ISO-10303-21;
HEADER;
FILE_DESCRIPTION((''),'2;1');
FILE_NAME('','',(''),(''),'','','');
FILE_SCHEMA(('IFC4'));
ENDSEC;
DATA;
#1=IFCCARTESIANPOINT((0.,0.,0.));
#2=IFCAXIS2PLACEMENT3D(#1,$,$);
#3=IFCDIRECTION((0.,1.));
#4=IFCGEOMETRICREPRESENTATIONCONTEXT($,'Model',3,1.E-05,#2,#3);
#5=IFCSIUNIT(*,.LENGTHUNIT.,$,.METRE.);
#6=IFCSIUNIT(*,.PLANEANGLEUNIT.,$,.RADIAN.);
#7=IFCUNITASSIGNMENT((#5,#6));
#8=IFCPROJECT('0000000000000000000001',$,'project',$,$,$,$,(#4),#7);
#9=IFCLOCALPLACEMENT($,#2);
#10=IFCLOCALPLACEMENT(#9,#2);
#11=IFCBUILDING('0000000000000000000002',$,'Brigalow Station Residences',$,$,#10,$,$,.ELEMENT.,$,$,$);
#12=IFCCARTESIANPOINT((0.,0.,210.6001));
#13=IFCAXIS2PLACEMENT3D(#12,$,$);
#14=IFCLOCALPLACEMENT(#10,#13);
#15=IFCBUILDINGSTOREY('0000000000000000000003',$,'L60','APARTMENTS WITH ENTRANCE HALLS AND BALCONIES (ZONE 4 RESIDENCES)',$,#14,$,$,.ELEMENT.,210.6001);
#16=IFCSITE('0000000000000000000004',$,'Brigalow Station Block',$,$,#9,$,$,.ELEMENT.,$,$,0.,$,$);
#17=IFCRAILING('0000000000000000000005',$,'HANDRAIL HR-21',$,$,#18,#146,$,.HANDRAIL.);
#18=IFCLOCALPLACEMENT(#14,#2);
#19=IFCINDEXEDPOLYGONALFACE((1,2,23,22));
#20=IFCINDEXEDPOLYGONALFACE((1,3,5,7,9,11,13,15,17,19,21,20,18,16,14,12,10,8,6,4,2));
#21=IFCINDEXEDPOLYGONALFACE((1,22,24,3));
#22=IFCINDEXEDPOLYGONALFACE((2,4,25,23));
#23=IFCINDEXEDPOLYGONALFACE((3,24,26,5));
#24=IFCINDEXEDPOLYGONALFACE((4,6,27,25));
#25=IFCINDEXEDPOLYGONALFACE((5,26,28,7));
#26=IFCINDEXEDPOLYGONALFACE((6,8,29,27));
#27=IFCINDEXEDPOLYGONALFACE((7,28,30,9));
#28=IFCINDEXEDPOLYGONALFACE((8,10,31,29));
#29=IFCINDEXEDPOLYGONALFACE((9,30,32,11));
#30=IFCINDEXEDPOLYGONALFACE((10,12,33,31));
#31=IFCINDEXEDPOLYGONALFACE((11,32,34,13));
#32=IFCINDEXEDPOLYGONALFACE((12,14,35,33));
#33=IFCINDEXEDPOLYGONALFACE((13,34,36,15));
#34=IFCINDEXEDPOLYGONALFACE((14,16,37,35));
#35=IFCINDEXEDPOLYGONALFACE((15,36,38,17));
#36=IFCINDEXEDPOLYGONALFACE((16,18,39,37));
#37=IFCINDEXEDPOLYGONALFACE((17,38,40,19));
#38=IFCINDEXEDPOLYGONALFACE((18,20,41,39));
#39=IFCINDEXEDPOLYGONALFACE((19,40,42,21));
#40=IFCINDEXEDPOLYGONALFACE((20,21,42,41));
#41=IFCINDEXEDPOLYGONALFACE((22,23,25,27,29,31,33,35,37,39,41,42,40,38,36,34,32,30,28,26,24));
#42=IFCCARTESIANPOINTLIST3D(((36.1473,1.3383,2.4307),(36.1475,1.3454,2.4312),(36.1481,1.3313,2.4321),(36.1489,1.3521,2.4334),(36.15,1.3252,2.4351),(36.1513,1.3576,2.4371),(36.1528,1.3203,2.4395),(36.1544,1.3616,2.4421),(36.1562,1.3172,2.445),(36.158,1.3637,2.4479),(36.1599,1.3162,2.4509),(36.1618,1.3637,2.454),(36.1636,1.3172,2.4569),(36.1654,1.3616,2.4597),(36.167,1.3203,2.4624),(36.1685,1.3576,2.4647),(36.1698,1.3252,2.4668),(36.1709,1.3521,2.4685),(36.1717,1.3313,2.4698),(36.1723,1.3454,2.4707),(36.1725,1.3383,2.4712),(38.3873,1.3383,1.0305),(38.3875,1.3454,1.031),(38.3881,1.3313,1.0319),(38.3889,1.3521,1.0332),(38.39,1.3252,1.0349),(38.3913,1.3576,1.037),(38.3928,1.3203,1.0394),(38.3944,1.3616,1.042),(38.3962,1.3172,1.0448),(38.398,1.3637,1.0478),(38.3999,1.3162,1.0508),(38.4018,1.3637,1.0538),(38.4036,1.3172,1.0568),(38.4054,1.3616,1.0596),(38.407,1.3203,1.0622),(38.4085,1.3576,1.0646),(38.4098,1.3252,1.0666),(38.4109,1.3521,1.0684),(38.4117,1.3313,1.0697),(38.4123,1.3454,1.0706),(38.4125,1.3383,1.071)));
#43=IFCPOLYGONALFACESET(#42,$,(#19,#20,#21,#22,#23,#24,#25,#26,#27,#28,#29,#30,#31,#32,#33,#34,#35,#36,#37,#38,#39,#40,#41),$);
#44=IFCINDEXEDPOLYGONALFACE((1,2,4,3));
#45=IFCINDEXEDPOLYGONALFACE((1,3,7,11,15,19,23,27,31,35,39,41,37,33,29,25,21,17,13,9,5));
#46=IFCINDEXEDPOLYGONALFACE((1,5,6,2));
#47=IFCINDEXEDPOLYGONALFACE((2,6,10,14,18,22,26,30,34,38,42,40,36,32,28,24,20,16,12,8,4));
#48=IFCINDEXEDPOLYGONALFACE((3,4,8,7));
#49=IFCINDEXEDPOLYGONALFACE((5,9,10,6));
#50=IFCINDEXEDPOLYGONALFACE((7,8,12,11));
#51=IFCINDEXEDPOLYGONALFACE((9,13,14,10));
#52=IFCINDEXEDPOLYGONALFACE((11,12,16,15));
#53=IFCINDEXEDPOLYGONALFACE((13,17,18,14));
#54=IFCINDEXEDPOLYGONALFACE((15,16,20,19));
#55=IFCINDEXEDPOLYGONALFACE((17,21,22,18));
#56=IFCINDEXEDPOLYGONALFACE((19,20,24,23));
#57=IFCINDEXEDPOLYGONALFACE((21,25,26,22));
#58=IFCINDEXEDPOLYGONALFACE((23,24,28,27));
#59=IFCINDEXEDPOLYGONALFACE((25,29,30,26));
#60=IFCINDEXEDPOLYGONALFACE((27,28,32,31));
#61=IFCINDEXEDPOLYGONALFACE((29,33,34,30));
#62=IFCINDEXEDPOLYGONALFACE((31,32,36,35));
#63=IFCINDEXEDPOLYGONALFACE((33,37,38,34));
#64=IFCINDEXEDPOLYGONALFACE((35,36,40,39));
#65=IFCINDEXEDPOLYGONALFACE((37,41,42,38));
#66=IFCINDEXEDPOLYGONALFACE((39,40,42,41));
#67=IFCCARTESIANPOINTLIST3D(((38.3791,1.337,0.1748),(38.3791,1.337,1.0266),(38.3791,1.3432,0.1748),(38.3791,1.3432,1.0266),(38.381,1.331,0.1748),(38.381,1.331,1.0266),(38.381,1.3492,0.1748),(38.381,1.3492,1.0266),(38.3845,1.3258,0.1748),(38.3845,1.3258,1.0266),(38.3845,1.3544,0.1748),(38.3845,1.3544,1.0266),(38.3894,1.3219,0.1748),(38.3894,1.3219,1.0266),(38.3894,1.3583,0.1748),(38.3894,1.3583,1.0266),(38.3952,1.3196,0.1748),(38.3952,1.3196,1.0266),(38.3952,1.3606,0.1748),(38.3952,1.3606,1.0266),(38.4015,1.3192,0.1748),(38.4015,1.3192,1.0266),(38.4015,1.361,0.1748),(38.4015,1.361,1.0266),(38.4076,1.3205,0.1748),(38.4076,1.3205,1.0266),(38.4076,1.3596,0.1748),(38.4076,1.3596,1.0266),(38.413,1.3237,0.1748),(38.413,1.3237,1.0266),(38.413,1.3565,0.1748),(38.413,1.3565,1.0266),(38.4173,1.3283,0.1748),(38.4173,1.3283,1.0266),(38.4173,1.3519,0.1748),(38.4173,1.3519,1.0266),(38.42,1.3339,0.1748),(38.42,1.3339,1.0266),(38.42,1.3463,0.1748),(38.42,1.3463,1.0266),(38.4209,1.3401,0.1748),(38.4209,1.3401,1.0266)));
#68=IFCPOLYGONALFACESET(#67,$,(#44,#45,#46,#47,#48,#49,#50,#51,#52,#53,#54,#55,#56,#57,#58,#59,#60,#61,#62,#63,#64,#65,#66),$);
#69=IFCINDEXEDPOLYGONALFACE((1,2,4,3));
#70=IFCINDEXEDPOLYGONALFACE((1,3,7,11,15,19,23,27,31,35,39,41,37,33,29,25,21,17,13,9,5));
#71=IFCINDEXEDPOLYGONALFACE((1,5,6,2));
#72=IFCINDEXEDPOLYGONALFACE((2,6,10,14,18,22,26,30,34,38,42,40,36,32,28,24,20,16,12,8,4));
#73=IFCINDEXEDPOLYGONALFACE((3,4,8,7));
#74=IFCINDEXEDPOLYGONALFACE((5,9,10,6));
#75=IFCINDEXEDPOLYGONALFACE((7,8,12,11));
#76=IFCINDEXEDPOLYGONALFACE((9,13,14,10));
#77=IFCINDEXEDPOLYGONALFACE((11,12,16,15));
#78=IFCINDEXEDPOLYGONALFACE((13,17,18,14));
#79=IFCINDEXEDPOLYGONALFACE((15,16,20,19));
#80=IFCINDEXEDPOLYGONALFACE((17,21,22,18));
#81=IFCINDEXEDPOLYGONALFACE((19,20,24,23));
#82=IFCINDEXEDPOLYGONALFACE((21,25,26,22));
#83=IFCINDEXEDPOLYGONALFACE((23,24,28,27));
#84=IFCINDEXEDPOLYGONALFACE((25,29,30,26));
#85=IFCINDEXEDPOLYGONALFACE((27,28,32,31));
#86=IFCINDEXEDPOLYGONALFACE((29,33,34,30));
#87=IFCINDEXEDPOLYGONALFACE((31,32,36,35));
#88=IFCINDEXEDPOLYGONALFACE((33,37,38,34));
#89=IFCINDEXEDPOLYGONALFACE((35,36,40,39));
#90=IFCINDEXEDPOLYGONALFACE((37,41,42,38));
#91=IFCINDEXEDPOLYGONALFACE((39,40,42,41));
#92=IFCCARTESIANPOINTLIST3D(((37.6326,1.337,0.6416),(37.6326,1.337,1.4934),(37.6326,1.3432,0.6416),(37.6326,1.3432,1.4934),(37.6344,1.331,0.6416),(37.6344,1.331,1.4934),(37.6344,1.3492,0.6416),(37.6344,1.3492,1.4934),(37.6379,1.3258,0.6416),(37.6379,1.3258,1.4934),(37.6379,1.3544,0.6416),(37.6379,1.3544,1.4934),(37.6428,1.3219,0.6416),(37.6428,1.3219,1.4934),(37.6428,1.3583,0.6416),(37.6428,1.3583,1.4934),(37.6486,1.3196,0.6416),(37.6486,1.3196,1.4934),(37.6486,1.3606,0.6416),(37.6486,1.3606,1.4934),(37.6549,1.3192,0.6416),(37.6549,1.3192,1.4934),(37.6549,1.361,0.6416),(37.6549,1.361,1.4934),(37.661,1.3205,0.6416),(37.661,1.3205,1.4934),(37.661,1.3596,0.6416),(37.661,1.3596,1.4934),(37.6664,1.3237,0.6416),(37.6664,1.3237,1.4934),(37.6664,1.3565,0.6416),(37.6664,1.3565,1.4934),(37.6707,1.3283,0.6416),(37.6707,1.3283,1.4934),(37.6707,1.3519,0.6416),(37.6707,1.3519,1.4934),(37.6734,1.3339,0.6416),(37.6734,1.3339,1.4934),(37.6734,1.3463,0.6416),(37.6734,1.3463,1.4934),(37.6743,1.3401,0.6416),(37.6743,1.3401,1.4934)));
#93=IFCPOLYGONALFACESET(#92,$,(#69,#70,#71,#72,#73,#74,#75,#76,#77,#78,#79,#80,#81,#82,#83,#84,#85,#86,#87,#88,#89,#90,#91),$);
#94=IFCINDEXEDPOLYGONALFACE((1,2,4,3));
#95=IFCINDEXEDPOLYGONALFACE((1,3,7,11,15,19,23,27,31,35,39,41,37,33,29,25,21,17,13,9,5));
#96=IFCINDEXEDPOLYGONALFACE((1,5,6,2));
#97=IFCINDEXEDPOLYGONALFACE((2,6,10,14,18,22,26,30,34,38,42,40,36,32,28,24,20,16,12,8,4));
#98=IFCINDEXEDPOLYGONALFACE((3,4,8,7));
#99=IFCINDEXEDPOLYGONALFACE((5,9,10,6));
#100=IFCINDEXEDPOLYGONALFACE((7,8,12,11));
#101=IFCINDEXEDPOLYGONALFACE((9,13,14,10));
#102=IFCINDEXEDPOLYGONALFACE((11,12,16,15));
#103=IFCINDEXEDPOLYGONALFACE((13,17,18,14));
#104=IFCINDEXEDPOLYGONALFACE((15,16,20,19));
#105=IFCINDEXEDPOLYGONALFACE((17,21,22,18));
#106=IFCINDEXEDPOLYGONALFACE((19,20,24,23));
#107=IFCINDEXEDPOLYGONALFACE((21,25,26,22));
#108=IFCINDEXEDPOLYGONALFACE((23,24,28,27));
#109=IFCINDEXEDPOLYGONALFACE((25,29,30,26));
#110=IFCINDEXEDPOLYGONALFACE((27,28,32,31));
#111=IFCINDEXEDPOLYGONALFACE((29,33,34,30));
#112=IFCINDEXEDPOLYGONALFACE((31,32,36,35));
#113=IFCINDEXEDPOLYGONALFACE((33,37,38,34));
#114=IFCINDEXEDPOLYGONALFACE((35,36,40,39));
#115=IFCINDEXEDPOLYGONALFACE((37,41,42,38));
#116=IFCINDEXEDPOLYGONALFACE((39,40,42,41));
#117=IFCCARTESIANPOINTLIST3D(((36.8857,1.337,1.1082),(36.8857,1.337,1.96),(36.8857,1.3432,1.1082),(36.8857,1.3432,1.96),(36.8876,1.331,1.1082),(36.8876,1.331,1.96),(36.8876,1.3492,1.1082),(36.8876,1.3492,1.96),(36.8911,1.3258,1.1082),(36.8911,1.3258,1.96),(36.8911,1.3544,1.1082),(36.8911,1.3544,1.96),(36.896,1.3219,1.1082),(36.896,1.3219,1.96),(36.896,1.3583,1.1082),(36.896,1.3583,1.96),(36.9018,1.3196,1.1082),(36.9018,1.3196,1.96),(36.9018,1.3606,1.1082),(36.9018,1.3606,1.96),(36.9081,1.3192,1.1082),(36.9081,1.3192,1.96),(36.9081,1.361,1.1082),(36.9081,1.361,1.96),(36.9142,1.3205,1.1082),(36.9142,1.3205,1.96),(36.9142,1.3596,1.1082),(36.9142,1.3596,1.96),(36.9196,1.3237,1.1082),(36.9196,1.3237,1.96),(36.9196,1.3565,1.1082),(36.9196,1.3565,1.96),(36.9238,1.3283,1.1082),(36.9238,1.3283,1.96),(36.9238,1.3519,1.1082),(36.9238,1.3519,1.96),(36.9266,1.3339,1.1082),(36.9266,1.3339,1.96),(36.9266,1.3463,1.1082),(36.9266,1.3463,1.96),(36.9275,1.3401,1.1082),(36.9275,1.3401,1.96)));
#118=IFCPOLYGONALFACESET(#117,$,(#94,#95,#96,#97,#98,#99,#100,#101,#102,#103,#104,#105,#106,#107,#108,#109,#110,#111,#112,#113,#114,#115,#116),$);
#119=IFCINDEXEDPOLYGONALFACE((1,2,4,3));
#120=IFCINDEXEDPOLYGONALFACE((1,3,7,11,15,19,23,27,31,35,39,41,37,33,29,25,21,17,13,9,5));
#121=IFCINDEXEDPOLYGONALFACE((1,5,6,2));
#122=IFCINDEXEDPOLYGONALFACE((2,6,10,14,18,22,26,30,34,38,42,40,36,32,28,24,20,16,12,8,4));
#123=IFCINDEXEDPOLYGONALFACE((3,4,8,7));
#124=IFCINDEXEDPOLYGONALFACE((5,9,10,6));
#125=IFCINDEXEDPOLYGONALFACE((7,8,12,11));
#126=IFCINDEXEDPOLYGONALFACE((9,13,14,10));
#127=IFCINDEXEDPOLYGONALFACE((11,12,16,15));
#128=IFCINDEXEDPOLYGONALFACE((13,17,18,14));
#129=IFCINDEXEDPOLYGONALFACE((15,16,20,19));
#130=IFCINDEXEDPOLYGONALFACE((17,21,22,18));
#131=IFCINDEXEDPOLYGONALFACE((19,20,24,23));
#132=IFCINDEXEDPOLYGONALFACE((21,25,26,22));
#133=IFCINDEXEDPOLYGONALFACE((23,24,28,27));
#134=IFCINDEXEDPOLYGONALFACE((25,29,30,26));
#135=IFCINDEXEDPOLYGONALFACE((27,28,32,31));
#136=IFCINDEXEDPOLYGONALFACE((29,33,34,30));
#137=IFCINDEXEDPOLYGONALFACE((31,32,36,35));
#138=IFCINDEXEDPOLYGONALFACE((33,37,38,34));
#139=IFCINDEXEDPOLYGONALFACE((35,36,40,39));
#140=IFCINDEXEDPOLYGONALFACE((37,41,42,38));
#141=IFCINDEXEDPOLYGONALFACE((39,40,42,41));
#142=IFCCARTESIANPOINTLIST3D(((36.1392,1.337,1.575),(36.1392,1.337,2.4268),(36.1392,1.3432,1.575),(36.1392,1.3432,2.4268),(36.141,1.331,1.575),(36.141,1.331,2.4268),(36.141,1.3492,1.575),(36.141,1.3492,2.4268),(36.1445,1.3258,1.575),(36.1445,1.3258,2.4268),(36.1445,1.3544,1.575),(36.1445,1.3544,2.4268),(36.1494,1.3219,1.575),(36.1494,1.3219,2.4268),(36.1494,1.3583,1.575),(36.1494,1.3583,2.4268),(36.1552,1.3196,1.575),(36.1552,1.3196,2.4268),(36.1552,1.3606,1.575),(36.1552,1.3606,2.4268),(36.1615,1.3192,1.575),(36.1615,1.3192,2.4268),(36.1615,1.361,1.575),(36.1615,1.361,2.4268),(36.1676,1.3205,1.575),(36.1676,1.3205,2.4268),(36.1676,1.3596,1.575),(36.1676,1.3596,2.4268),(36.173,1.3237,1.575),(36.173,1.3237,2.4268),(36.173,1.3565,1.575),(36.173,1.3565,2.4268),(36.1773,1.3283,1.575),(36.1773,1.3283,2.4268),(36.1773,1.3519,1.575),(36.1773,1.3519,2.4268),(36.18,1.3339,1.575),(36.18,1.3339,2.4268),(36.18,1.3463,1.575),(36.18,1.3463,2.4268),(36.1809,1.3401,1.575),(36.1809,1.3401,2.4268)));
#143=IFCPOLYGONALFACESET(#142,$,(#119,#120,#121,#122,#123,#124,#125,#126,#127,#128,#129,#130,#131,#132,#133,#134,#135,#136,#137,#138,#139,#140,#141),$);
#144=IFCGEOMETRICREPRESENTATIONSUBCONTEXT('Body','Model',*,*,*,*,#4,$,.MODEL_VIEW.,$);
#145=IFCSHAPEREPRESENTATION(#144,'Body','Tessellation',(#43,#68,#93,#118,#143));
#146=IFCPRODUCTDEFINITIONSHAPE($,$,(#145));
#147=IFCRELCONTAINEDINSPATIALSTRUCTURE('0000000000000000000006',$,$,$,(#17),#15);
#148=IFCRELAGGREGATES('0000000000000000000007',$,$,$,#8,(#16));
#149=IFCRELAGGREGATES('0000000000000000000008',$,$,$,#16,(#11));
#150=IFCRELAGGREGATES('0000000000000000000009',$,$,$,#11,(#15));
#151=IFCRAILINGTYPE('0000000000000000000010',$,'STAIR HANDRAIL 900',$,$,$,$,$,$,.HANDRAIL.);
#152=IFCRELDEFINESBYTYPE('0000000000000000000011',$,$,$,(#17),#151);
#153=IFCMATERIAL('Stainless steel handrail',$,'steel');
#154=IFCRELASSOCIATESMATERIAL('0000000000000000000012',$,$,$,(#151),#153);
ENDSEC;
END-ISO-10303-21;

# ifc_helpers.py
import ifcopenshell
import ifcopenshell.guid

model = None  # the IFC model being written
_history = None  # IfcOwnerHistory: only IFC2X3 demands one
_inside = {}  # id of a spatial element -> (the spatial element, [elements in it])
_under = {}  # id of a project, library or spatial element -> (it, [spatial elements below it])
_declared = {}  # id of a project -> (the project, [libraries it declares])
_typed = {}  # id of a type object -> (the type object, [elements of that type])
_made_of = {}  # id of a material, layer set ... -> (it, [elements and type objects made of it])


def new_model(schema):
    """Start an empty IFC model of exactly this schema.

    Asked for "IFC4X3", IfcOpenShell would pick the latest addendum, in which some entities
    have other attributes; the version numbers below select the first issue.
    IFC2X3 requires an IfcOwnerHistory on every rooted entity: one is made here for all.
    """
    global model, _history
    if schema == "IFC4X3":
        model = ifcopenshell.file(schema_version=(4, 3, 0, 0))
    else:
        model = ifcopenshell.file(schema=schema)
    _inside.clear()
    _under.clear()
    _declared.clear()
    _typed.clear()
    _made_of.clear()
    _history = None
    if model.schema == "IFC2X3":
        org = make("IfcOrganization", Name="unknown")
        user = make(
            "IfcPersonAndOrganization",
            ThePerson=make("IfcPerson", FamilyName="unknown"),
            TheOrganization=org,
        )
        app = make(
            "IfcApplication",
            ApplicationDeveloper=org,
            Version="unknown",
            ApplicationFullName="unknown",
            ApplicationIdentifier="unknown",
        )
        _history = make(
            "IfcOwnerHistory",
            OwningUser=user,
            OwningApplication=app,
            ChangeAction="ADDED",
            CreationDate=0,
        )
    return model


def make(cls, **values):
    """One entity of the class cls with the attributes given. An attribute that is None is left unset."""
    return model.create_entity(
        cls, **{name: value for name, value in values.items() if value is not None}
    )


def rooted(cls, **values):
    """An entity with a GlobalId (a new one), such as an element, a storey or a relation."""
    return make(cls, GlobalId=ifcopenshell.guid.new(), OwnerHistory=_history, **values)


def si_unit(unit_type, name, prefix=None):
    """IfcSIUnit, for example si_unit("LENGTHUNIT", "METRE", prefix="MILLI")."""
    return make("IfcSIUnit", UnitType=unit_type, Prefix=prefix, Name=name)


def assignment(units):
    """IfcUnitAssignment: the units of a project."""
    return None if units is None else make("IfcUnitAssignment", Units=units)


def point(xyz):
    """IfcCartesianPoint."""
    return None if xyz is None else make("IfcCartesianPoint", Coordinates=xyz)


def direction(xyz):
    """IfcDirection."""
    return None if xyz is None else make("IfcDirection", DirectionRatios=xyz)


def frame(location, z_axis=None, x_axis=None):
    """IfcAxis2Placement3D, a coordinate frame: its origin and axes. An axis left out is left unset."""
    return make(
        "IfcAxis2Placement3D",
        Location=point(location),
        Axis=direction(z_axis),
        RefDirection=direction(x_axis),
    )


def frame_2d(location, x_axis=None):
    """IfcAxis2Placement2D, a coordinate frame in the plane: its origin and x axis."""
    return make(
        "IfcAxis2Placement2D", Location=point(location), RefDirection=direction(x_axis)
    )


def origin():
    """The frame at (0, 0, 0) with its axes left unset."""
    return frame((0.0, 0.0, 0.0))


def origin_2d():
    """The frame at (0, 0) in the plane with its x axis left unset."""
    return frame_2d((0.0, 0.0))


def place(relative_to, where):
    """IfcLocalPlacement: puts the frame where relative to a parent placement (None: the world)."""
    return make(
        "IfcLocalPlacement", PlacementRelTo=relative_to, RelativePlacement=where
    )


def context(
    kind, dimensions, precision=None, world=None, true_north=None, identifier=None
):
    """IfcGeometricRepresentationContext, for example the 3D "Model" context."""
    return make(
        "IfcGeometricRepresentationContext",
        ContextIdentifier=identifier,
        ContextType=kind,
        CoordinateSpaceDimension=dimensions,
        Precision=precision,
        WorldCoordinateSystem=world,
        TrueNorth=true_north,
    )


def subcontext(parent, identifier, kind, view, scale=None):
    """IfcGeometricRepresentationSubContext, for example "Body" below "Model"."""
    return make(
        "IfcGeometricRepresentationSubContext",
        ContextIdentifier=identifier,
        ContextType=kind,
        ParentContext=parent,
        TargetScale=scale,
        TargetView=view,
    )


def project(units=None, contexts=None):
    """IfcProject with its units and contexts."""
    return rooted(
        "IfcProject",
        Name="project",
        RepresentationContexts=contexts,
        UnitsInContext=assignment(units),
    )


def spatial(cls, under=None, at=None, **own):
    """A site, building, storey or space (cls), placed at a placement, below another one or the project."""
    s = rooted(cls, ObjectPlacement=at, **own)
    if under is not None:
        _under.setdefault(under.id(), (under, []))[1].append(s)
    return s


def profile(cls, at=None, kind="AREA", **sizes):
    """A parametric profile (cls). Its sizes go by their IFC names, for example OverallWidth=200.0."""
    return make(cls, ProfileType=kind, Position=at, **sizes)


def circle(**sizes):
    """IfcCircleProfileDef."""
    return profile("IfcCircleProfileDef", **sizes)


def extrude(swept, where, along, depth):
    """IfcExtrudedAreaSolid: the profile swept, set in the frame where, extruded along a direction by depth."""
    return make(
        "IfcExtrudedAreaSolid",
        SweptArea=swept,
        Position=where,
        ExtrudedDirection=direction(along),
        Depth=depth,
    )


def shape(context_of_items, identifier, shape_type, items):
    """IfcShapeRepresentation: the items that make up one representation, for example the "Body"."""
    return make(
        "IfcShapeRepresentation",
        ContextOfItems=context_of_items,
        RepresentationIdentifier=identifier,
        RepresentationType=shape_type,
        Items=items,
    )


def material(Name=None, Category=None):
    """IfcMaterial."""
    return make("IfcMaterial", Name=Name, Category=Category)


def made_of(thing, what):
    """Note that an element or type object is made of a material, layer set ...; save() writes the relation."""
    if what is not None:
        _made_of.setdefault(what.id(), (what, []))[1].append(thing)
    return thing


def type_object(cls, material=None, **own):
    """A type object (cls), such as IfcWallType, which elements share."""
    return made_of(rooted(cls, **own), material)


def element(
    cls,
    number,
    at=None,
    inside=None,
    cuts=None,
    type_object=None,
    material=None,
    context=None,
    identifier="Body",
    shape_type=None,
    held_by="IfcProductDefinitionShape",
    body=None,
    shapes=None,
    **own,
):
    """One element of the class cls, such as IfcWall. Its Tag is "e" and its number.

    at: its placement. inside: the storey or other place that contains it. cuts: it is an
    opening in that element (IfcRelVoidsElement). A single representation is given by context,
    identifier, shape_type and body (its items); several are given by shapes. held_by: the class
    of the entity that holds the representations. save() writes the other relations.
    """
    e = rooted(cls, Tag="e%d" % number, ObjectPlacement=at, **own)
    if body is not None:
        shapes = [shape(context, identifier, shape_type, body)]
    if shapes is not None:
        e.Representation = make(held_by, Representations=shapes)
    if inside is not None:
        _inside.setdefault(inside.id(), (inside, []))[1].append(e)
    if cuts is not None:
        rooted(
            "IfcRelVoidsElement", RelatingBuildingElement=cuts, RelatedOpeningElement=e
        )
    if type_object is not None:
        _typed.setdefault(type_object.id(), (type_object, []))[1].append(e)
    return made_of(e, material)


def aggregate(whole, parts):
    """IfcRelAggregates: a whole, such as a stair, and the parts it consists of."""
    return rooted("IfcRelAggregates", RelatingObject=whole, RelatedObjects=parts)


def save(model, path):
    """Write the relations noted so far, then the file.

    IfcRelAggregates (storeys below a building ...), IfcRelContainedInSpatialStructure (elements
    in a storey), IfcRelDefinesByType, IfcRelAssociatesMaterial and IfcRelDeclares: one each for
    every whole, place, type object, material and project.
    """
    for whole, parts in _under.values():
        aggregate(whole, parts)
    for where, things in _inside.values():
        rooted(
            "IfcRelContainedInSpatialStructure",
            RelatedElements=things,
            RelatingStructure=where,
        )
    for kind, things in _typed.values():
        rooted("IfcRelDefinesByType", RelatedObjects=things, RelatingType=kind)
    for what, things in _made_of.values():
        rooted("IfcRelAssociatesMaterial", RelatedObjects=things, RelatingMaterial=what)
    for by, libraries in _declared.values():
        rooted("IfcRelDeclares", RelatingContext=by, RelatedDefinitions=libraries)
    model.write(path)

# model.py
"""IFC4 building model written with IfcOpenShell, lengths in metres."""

from ifc_helpers import new_model, si_unit, direction, frame, origin, origin_2d, place, context, subcontext, project, spatial, circle, extrude, material, type_object, element, save


model = new_model("IFC4")

# Units and contexts
model_context = context("Model", 3, precision=1e-05, world=origin(), true_north=direction((0.0, 1.0)))
body_context = subcontext(model_context, "Body", "Model", "MODEL_VIEW")
ifc_project = project(units=[si_unit("LENGTHUNIT", "METRE"), si_unit("PLANEANGLEUNIT", "RADIAN")], contexts=[model_context])

# Site, building, storey
site_placement = place(None, origin())
site = spatial("IfcSite", under=ifc_project, at=site_placement, Name="Brigalow Station Block", CompositionType="ELEMENT", RefElevation=0.0)
building_placement = place(site_placement, origin())
building = spatial("IfcBuilding", under=site, at=building_placement, Name="Brigalow Station Residences", CompositionType="ELEMENT")
storey_placement = place(building_placement, frame((0.0, 0.0, 210.6001)))
storey = spatial("IfcBuildingStorey", under=building, at=storey_placement, Name="L60", Description="APARTMENTS WITH ENTRANCE HALLS AND BALCONIES (ZONE 4 RESIDENCES)", CompositionType="ELEMENT", Elevation=210.6001)

# Railing
ifc_material_1 = material(Name="Stainless steel handrail", Category="steel")
railing_type_1 = type_object("IfcRailingType", Name="STAIR HANDRAIL 900", PredefinedType="HANDRAIL", material=ifc_material_1)
railing_1_placement = place(storey_placement, frame((38.3999, 1.3401, 0.1748)))
element("IfcRailing", 1, at=railing_1_placement, inside=storey, type_object=railing_type_1, Name="HANDRAIL HR-21", PredefinedType="HANDRAIL", context=body_context, shape_type="SweptSolid", body=[
    extrude(circle(Radius=0.0239, at=origin_2d()), frame((0.0, 0.0, 0.876), z_axis=(-0.847972, 0.0, 0.53004), x_axis=(0.0, -1.0, 0.0)), (0.0, 0.0, 1.0), 2.6416),
    extrude(circle(Radius=0.021, at=origin_2d()), origin(), (0.0, 0.0, 1.0), 0.8518),
    extrude(circle(Radius=0.021, at=origin_2d()), frame((-0.7466, 0.0, 0.4668)), (0.0, 0.0, 1.0), 0.8518),
    extrude(circle(Radius=0.021, at=origin_2d()), frame((-1.4934, 0.0, 0.9333)), (0.0, 0.0, 1.0), 0.8518),
    extrude(circle(Radius=0.021, at=origin_2d()), frame((-2.24, 0.0, 1.4001)), (0.0, 0.0, 1.0), 0.8518),
])

save(model, "model.ifc")
